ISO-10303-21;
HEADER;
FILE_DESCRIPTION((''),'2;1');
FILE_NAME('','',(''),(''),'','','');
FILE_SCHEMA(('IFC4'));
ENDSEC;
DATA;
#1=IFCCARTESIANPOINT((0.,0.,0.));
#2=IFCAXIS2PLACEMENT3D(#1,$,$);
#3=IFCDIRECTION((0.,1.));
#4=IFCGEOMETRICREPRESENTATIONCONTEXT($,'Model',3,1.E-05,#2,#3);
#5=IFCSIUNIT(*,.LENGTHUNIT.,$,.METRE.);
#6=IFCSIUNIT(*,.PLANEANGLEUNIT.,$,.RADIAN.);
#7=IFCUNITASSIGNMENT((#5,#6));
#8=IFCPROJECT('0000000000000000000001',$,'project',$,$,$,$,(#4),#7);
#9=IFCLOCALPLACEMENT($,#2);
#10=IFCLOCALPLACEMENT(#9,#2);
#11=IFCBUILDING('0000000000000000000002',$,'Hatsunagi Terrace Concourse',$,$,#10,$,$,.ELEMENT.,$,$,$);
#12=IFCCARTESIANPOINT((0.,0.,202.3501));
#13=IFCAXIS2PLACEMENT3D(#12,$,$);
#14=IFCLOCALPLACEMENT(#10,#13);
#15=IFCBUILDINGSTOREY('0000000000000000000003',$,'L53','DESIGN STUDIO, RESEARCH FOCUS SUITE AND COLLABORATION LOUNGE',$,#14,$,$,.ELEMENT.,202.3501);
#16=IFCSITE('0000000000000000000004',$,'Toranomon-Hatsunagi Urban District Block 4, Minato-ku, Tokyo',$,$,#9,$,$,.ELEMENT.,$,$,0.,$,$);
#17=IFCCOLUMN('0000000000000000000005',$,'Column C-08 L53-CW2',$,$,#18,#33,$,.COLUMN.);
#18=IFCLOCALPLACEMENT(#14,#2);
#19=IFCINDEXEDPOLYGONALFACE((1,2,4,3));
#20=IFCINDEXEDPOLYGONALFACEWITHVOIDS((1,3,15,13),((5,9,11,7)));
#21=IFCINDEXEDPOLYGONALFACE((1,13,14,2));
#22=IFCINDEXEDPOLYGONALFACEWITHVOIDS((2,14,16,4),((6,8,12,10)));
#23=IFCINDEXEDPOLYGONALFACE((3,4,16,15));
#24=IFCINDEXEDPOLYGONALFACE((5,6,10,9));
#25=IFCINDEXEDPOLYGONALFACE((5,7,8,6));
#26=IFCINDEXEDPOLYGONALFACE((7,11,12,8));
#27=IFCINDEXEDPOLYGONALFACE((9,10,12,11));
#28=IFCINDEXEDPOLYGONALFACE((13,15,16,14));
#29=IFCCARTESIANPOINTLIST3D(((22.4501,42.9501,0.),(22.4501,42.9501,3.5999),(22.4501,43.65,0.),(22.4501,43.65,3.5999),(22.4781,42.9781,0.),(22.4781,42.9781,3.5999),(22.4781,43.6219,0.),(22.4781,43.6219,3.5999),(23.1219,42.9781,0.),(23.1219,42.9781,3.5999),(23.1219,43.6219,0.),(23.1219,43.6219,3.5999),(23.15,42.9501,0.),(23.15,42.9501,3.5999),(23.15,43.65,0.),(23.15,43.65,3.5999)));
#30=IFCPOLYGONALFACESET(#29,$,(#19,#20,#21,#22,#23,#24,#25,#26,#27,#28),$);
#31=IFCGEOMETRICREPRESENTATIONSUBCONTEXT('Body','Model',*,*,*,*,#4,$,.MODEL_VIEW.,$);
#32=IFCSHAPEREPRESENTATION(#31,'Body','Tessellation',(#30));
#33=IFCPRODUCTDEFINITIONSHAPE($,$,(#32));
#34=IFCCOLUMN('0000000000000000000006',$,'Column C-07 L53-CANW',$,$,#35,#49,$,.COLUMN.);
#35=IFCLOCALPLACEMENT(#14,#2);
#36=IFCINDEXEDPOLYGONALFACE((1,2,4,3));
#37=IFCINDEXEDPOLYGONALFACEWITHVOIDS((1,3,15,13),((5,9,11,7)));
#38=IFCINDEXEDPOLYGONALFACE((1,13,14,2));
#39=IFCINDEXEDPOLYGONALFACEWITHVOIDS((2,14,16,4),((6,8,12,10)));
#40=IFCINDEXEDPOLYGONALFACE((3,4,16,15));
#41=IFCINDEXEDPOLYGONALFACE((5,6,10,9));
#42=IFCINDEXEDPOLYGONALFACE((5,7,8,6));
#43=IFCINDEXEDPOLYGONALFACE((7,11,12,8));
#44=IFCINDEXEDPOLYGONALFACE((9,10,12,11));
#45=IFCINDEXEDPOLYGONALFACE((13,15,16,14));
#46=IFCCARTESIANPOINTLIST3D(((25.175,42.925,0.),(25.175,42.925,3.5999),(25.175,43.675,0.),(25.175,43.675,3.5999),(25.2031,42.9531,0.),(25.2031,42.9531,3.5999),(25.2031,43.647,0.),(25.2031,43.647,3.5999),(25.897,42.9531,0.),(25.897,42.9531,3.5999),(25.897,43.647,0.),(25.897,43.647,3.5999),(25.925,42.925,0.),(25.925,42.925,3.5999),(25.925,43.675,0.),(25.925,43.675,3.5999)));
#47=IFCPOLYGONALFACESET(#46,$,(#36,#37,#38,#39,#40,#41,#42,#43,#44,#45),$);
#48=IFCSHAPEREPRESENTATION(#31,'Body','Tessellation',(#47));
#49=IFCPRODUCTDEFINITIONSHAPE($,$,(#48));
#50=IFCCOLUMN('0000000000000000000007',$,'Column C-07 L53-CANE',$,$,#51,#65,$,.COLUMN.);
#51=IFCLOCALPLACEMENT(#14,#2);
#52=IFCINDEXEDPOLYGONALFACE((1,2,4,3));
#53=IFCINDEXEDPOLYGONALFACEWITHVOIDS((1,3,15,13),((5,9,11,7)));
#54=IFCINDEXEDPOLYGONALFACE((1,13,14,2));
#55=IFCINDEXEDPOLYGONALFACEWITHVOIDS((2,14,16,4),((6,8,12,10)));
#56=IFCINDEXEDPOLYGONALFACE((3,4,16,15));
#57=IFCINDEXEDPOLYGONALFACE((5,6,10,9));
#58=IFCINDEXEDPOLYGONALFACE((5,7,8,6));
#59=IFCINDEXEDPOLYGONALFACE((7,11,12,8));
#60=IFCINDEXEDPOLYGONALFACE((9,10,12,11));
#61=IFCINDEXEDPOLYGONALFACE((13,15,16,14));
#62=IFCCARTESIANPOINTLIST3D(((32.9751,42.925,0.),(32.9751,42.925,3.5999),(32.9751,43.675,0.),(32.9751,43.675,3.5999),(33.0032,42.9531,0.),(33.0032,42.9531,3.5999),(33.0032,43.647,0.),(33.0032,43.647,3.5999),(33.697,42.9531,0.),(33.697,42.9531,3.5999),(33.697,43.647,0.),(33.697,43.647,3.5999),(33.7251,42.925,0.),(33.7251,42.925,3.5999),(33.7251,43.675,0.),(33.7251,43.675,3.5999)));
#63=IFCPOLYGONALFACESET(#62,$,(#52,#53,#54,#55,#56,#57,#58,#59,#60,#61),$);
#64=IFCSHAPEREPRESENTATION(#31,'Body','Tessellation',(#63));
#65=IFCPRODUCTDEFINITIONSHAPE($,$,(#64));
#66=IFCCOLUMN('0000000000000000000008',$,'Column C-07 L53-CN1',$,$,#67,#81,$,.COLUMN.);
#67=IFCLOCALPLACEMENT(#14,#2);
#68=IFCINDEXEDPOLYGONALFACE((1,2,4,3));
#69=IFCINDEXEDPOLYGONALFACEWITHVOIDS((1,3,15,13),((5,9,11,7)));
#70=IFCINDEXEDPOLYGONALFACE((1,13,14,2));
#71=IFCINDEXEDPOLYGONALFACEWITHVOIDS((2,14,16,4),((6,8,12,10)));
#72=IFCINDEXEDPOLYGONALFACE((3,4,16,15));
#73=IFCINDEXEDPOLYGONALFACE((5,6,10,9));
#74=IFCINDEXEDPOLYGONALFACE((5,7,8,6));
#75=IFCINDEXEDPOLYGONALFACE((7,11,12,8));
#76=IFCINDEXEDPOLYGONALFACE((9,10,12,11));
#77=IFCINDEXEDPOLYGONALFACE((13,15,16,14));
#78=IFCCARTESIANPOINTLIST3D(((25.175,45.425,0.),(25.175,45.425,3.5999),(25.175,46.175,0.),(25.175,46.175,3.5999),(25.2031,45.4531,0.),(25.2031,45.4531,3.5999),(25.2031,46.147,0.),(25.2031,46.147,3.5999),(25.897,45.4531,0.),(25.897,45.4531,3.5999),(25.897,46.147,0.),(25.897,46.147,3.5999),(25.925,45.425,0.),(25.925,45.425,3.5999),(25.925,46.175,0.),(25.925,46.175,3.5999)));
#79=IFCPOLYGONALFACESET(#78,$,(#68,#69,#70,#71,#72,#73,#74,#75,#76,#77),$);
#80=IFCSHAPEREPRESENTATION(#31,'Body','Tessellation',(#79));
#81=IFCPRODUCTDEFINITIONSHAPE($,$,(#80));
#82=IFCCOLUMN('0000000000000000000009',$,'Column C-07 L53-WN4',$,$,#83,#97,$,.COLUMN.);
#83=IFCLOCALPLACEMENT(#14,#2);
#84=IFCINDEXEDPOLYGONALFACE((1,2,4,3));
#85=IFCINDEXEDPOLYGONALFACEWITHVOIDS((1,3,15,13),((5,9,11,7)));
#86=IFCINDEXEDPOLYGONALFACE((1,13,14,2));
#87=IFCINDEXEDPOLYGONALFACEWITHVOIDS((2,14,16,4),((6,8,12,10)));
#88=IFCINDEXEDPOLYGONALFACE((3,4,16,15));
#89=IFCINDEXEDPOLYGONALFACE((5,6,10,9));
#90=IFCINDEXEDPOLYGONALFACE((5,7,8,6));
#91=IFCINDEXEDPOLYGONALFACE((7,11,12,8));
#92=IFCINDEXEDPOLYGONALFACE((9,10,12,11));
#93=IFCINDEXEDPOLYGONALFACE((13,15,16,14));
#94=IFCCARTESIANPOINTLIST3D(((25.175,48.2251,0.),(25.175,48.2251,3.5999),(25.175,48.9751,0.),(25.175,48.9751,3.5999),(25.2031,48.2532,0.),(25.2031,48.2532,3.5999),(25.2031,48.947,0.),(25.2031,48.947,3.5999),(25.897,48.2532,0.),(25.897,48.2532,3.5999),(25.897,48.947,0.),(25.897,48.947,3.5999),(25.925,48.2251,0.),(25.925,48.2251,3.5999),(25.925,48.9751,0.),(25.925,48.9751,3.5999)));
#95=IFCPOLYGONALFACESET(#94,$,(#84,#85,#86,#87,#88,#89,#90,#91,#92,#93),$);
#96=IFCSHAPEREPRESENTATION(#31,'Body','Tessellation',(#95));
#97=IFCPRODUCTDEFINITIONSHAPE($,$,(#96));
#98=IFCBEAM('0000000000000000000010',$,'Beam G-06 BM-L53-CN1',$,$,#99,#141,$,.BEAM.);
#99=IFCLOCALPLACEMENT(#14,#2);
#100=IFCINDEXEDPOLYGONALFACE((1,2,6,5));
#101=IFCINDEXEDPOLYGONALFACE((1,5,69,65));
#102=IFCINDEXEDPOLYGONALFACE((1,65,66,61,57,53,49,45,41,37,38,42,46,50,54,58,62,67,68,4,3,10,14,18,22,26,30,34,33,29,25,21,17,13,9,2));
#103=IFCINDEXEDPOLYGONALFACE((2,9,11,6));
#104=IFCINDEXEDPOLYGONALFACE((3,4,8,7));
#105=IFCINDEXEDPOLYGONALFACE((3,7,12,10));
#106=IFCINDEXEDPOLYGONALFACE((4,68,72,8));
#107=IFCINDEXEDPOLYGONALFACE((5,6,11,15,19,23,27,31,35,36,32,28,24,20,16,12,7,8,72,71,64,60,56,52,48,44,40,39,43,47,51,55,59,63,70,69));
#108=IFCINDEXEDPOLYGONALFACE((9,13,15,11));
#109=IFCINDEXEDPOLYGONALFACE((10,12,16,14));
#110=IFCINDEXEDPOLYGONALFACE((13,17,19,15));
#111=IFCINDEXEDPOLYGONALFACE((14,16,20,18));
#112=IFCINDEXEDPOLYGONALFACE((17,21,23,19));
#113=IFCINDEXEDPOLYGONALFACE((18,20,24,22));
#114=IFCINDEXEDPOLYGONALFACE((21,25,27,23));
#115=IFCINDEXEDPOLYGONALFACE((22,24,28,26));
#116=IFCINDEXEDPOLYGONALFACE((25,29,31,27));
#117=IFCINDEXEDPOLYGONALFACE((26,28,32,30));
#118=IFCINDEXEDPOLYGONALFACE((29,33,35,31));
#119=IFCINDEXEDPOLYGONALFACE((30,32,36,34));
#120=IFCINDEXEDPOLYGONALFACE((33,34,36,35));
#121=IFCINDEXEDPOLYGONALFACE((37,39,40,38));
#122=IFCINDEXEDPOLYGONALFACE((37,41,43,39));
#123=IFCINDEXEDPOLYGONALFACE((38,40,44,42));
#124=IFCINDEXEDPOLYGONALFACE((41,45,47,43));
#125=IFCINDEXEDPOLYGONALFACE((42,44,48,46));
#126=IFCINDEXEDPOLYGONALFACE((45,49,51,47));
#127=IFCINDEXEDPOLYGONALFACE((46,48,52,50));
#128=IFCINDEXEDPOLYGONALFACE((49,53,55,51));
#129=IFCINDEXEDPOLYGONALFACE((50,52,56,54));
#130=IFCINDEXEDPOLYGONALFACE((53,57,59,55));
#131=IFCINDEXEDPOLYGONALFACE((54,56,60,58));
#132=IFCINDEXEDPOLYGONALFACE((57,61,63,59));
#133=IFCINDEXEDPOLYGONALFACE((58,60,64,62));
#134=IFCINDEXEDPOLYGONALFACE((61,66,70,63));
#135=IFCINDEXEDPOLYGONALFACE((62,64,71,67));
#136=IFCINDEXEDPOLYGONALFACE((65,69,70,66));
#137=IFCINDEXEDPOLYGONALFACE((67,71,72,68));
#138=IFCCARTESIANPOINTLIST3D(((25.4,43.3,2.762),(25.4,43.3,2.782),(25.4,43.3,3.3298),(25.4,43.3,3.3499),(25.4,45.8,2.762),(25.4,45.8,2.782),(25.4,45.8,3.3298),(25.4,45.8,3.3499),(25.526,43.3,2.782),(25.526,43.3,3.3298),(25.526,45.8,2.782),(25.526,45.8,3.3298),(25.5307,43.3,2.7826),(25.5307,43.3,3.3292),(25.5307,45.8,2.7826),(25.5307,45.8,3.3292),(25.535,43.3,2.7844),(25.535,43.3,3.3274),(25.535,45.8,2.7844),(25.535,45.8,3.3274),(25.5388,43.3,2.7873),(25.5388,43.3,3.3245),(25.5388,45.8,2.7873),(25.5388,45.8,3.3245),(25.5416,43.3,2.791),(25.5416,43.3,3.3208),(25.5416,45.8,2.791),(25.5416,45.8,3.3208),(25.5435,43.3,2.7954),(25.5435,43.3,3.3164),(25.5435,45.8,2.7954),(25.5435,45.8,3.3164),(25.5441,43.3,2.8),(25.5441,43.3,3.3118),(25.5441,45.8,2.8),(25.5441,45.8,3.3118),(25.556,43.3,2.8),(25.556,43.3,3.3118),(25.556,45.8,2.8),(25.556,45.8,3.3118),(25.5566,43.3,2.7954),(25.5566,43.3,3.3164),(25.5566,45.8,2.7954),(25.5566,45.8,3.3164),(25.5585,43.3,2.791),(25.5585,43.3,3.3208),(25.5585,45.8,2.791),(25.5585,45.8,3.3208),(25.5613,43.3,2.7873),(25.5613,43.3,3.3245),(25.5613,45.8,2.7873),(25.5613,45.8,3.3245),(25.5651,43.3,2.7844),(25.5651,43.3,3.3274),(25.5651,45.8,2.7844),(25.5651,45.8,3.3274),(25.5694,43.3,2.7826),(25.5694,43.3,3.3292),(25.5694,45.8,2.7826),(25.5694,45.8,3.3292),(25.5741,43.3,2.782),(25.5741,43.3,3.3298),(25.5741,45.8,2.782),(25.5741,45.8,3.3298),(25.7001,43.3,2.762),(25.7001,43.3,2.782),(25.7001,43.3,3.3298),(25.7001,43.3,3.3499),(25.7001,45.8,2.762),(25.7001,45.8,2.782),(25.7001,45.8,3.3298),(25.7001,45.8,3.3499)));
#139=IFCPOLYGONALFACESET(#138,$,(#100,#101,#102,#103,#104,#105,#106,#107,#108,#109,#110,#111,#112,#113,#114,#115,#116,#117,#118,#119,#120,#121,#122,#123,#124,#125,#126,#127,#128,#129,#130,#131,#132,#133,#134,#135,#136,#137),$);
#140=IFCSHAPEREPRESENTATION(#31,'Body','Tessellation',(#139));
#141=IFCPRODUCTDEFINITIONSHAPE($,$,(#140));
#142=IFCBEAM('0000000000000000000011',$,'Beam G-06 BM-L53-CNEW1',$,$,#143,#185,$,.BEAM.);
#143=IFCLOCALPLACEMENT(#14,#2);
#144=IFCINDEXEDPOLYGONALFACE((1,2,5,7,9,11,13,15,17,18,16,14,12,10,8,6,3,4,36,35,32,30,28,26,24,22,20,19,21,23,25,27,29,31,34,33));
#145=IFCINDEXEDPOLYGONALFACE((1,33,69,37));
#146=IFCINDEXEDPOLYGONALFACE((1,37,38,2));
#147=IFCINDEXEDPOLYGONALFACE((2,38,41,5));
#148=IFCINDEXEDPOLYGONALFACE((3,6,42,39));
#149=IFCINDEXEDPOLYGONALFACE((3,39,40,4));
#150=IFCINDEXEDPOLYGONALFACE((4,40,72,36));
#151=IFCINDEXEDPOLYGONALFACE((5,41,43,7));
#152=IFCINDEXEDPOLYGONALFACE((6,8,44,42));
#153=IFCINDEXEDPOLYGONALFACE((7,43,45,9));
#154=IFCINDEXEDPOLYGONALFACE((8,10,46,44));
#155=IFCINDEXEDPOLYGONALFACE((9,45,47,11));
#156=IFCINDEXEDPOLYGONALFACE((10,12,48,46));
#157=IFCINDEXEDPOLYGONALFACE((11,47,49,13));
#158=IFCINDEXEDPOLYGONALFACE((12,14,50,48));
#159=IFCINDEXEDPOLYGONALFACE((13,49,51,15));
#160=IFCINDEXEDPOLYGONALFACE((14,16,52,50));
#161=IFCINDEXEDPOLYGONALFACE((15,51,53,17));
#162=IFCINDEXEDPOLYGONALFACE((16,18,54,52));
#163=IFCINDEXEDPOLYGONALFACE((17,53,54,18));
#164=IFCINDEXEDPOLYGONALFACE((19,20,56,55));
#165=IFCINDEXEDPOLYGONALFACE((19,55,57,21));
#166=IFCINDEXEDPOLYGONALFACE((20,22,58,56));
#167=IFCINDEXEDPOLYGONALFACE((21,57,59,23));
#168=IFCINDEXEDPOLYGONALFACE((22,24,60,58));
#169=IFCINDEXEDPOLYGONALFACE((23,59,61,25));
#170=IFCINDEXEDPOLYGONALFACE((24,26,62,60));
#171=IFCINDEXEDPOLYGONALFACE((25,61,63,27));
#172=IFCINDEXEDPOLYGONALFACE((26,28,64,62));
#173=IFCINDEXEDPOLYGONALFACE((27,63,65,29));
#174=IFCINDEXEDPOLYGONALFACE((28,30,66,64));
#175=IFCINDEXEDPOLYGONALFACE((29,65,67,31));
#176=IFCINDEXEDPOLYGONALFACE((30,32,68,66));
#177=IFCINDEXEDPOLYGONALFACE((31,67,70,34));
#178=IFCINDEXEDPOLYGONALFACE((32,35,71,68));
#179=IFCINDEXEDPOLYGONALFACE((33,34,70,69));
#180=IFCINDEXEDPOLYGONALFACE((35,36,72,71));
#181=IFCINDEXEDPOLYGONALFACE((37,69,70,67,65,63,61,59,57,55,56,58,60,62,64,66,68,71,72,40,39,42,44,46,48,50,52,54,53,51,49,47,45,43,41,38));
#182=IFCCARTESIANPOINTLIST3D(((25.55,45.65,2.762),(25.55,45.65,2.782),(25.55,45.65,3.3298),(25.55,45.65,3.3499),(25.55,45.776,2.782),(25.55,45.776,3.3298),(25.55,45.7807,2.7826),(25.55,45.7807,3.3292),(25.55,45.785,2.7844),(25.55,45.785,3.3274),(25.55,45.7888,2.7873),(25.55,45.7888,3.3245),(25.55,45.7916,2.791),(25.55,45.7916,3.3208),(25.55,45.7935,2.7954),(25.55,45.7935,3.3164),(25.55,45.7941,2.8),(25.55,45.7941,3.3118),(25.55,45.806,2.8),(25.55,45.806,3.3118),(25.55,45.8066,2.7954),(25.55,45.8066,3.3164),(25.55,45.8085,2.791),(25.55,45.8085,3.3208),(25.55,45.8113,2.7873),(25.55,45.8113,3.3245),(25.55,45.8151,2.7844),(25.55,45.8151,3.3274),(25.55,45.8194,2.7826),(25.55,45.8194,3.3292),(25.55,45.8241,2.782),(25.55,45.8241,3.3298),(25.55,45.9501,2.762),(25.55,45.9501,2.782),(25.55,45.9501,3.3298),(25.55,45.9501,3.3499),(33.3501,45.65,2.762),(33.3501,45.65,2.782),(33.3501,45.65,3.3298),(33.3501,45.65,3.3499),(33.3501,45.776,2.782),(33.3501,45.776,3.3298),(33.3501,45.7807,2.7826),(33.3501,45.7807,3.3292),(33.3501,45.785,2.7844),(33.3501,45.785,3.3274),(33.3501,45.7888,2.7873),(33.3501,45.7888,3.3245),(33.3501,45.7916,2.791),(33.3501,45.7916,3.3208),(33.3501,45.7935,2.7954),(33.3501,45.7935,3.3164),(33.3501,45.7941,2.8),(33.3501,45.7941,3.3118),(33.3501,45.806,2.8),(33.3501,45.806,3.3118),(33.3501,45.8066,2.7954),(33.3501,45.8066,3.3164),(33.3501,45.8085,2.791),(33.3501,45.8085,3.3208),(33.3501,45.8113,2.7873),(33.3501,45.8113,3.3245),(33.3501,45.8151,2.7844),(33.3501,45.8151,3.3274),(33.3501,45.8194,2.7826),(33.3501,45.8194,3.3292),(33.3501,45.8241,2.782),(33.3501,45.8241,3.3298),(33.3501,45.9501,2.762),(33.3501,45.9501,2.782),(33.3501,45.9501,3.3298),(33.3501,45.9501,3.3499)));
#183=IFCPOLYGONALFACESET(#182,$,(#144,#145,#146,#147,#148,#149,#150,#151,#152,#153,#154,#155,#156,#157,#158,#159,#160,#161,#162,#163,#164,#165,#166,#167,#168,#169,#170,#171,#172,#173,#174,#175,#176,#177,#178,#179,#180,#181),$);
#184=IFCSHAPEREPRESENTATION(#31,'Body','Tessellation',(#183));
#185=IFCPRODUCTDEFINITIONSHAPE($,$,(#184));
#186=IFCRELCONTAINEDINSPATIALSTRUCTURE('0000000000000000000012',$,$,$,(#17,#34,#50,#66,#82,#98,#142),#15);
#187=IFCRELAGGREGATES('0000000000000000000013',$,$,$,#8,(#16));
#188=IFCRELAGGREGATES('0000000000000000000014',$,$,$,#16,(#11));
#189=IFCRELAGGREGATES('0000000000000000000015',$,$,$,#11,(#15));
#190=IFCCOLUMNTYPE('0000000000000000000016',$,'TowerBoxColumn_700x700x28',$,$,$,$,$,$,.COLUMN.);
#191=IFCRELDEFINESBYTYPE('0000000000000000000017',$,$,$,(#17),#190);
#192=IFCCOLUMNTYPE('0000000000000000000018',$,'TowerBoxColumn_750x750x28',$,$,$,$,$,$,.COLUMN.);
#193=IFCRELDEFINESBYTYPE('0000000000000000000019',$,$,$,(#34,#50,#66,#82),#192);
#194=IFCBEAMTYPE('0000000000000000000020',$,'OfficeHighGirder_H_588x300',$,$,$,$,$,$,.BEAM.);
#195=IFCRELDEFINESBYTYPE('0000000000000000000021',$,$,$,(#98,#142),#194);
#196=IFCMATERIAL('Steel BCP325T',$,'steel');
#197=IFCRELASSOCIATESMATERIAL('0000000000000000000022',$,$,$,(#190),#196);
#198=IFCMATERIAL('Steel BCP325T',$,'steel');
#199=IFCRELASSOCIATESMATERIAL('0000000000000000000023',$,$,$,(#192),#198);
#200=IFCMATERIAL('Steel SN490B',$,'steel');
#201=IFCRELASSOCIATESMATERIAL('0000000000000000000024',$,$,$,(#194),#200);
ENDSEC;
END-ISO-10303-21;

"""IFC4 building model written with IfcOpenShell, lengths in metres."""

from ifc_helpers import new_model, si_unit, direction, frame, origin, origin_2d, place, context, subcontext, project, spatial, hollow_rectangle, i_section, extrude, material, material_profile, profile_set, type_object, element, save


model = new_model("IFC4")

# Units and contexts
model_context = context("Model", 3, precision=1e-05, world=origin(), true_north=direction((0.0, 1.0)))
body_context = subcontext(model_context, "Body", "Model", "MODEL_VIEW")
ifc_project = project(units=[si_unit("LENGTHUNIT", "METRE"), si_unit("PLANEANGLEUNIT", "RADIAN")], contexts=[model_context])

# Site, building, storey
site_placement = place(None, origin())
site = spatial("IfcSite", under=ifc_project, at=site_placement, Name="Toranomon-Hatsunagi Urban District Block 4, Minato-ku, Tokyo", CompositionType="ELEMENT", RefElevation=0.0)
building_placement = place(site_placement, origin())
building = spatial("IfcBuilding", under=site, at=building_placement, Name="Hatsunagi Terrace Concourse", CompositionType="ELEMENT")
storey_placement = place(building_placement, frame((0.0, 0.0, 202.3501)))
storey = spatial("IfcBuildingStorey", under=building, at=storey_placement, Name="L53", Description="DESIGN STUDIO, RESEARCH FOCUS SUITE AND COLLABORATION LOUNGE", CompositionType="ELEMENT", Elevation=202.3501)

# Columns
ifc_material_1 = material(Name="Steel BCP325T", Category="steel")
ifc_material_profile_1 = material_profile(ifc_material_1, hollow_rectangle(XDim=0.7, YDim=0.7, WallThickness=0.0281, at=origin_2d()), Name="BCP-700x700x28")
ifc_profile_set_1 = profile_set([ifc_material_profile_1], Name="Steel BCP325T")
column_type_1 = type_object("IfcColumnType", Name="TowerBoxColumn_700x700x28", PredefinedType="COLUMN", material=ifc_profile_set_1)
column_placement = place(storey_placement, frame((22.8, 43.3, 0.0), z_axis=(0.0, 0.0, 1.0), x_axis=(1.0, 0.0, 0.0)))
element("IfcColumn", 1, at=column_placement, inside=storey, type_object=column_type_1, Name="Column C-08 L53-CW2", PredefinedType="COLUMN", context=body_context, shape_type="SweptSolid", body=[
    extrude(hollow_rectangle(XDim=0.7, YDim=0.7, WallThickness=0.0281, at=origin_2d()), origin(), (0.0, 0.0, 1.0), 3.5999),
])
ifc_material_2 = material(Name="Steel BCP325T", Category="steel")
ifc_material_profile_2 = material_profile(ifc_material_2, hollow_rectangle(XDim=0.75, YDim=0.75, WallThickness=0.0281, at=origin_2d()), Name="BCP-750x750x28")
ifc_profile_set_2 = profile_set([ifc_material_profile_2], Name="Steel BCP325T")
column_type_2 = type_object("IfcColumnType", Name="TowerBoxColumn_750x750x28", PredefinedType="COLUMN", material=ifc_profile_set_2)
for number, where, z_axis, x_axis, name in (
    (2, (25.55, 43.3, 0.0), (0.0, 0.0, 1.0), (1.0, 0.0, 0.0), "Column C-07 L53-CANW"),
    (3, (33.3501, 43.3, 0.0), (0.0, 0.0, 1.0), (1.0, 0.0, 0.0), "Column C-07 L53-CANE"),
    (4, (25.55, 45.8, 0.0), (0.0, 0.0, 1.0), (1.0, 0.0, 0.0), "Column C-07 L53-CN1"),
    (5, (25.55, 48.6001, 0.0), (0.0, 0.0, 1.0), (1.0, 0.0, 0.0), "Column C-07 L53-WN4"),
):
    element("IfcColumn", number, at=place(storey_placement, frame(where, z_axis=z_axis, x_axis=x_axis)), inside=storey, type_object=column_type_2, Name=name, PredefinedType="COLUMN", context=body_context, shape_type="SweptSolid", body=[
        extrude(hollow_rectangle(XDim=0.75, YDim=0.75, WallThickness=0.0281, at=origin_2d()), origin(), (0.0, 0.0, 1.0), 3.5999),
    ])

# Beams
ifc_material_3 = material(Name="Steel SN490B", Category="steel")
ifc_material_profile_3 = material_profile(ifc_material_3, i_section(OverallWidth=0.3, OverallDepth=0.5879, WebThickness=0.012, FlangeThickness=0.02, FilletRadius=0.0181, at=origin_2d()), Name="H-588x300x12x20")
ifc_profile_set_3 = profile_set([ifc_material_profile_3], Name="Steel SN490B")
beam_type_1 = type_object("IfcBeamType", Name="OfficeHighGirder_H_588x300", PredefinedType="BEAM", material=ifc_profile_set_3)
beam_1_placement = place(storey_placement, frame((25.55, 43.3, 3.0559), z_axis=(0.0, 1.0, 0.0), x_axis=(-1.0, 0.0, 0.0)))
element("IfcBeam", 6, at=beam_1_placement, inside=storey, type_object=beam_type_1, Name="Beam G-06 BM-L53-CN1", PredefinedType="BEAM", context=body_context, shape_type="SweptSolid", body=[
    extrude(i_section(OverallWidth=0.3, OverallDepth=0.5879, WebThickness=0.012, FlangeThickness=0.02, FilletRadius=0.0181, at=origin_2d()), origin(), (0.0, 0.0, 1.0), 2.5),
])
beam_2_placement = place(storey_placement, frame((25.55, 45.8, 3.0559), z_axis=(1.0, 0.0, 0.0), x_axis=(0.0, 1.0, 0.0)))
element("IfcBeam", 7, at=beam_2_placement, inside=storey, type_object=beam_type_1, Name="Beam G-06 BM-L53-CNEW1", PredefinedType="BEAM", context=body_context, shape_type="SweptSolid", body=[
    extrude(i_section(OverallWidth=0.3, OverallDepth=0.5879, WebThickness=0.012, FlangeThickness=0.02, FilletRadius=0.0181, at=origin_2d()), origin(), (0.0, 0.0, 1.0), 7.8),
])

save(model, "model.ifc")
